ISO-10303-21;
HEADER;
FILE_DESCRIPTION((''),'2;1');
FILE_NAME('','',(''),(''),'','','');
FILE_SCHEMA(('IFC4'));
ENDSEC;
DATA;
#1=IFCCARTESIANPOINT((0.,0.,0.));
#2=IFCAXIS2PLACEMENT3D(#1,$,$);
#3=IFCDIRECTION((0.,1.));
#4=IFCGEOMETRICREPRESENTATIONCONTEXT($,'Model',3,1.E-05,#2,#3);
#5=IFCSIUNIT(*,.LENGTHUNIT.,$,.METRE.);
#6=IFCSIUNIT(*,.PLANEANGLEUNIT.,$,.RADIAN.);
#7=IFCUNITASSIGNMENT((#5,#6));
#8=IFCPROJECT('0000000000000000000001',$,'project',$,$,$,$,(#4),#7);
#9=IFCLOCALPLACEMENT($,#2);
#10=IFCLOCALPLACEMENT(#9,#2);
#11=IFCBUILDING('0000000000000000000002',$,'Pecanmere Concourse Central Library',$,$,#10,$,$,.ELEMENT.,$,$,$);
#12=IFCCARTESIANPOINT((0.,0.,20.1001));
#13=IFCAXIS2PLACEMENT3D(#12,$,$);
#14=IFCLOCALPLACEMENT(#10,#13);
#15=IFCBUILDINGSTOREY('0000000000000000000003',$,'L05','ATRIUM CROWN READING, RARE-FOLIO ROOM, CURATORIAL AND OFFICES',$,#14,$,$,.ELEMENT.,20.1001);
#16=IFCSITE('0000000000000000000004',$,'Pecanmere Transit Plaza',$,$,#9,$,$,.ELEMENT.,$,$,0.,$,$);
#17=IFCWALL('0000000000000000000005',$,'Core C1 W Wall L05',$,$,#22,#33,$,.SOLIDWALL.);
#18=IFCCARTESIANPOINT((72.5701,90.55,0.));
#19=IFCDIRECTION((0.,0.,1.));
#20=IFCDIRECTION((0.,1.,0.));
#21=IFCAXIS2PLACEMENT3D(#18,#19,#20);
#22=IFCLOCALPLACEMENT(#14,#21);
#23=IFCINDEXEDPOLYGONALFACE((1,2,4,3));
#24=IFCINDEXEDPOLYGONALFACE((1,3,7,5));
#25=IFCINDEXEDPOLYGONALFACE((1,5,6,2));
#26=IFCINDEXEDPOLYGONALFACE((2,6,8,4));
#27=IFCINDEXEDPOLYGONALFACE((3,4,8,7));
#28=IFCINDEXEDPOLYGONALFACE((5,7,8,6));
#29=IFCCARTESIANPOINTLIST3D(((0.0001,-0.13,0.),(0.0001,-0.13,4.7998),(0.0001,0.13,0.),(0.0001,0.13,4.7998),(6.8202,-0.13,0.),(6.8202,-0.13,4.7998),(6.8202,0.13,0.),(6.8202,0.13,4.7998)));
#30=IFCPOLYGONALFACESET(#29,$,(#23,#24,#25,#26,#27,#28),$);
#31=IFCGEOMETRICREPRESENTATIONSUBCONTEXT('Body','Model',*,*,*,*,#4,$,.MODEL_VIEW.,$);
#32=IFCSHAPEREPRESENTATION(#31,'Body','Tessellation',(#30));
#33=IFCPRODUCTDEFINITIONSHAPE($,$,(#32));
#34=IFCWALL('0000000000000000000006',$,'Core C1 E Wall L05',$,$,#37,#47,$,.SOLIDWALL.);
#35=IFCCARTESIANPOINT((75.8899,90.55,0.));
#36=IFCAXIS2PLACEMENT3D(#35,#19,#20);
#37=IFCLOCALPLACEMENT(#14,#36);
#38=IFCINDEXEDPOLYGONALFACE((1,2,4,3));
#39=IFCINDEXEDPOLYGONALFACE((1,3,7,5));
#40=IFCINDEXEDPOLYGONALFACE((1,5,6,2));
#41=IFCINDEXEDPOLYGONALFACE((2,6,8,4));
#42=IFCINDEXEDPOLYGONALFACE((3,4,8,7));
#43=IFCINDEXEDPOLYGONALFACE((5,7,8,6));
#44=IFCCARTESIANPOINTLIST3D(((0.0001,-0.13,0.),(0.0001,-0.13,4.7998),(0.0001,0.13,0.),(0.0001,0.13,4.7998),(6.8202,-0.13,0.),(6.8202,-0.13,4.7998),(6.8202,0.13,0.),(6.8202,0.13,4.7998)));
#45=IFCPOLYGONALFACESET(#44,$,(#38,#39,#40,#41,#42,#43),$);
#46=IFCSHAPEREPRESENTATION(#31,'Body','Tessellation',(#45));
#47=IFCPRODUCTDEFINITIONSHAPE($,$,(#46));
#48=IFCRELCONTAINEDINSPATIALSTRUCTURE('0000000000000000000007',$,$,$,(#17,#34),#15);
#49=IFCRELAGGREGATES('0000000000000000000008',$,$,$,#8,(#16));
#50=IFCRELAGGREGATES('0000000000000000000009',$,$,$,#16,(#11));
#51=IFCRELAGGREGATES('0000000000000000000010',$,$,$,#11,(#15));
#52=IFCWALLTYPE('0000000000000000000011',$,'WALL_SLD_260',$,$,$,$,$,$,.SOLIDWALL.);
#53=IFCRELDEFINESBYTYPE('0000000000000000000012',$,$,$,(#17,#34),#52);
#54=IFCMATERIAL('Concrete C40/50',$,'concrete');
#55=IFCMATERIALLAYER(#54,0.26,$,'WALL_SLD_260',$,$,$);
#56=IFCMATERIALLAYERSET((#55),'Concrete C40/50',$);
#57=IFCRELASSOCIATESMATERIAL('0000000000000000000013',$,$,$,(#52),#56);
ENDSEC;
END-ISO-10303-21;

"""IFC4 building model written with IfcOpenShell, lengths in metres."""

from ifc_helpers import new_model, si_unit, direction, frame, frame_2d, origin, place, context, subcontext, project, spatial, rectangle, extrude, material, layer, layer_set, type_object, element, save


model = new_model("IFC4")

# Units and contexts
model_context = context("Model", 3, precision=1e-05, world=origin(), true_north=direction((0.0, 1.0)))
body_context = subcontext(model_context, "Body", "Model", "MODEL_VIEW")
ifc_project = project(units=[si_unit("LENGTHUNIT", "METRE"), si_unit("PLANEANGLEUNIT", "RADIAN")], contexts=[model_context])

# Site, building, storey
site_placement = place(None, origin())
site = spatial("IfcSite", under=ifc_project, at=site_placement, Name="Pecanmere Transit Plaza", CompositionType="ELEMENT", RefElevation=0.0)
building_placement = place(site_placement, origin())
building = spatial("IfcBuilding", under=site, at=building_placement, Name="Pecanmere Concourse Central Library", CompositionType="ELEMENT")
storey_placement = place(building_placement, frame((0.0, 0.0, 20.1001)))
storey = spatial("IfcBuildingStorey", under=building, at=storey_placement, Name="L05", Description="ATRIUM CROWN READING, RARE-FOLIO ROOM, CURATORIAL AND OFFICES", CompositionType="ELEMENT", Elevation=20.1001)

# Walls
ifc_material_1 = material(Name="Concrete C40/50", Category="concrete")
ifc_layer_1 = layer(ifc_material_1, 0.26, Name="WALL_SLD_260")
ifc_layer_set_1 = layer_set([ifc_layer_1], Name="Concrete C40/50")
wall_type_1 = type_object("IfcWallType", Name="WALL_SLD_260", PredefinedType="SOLIDWALL", material=ifc_layer_set_1)
for number, where, z_axis, x_axis, name in (
    (1, (72.5701, 90.55, 0.0), (0.0, 0.0, 1.0), (0.0, 1.0, 0.0), "Core C1 W Wall L05"),
    (2, (75.8899, 90.55, 0.0), (0.0, 0.0, 1.0), (0.0, 1.0, 0.0), "Core C1 E Wall L05"),
):
    element("IfcWall", number, at=place(storey_placement, frame(where, z_axis=z_axis, x_axis=x_axis)), inside=storey, type_object=wall_type_1, Name=name, PredefinedType="SOLIDWALL", context=body_context, shape_type="SweptSolid", body=[
        extrude(rectangle(XDim=6.8201, YDim=0.26, at=frame_2d((3.4102, 0.0))), origin(), (0.0, 0.0, 1.0), 4.7998),
    ])

save(model, "model.ifc")
